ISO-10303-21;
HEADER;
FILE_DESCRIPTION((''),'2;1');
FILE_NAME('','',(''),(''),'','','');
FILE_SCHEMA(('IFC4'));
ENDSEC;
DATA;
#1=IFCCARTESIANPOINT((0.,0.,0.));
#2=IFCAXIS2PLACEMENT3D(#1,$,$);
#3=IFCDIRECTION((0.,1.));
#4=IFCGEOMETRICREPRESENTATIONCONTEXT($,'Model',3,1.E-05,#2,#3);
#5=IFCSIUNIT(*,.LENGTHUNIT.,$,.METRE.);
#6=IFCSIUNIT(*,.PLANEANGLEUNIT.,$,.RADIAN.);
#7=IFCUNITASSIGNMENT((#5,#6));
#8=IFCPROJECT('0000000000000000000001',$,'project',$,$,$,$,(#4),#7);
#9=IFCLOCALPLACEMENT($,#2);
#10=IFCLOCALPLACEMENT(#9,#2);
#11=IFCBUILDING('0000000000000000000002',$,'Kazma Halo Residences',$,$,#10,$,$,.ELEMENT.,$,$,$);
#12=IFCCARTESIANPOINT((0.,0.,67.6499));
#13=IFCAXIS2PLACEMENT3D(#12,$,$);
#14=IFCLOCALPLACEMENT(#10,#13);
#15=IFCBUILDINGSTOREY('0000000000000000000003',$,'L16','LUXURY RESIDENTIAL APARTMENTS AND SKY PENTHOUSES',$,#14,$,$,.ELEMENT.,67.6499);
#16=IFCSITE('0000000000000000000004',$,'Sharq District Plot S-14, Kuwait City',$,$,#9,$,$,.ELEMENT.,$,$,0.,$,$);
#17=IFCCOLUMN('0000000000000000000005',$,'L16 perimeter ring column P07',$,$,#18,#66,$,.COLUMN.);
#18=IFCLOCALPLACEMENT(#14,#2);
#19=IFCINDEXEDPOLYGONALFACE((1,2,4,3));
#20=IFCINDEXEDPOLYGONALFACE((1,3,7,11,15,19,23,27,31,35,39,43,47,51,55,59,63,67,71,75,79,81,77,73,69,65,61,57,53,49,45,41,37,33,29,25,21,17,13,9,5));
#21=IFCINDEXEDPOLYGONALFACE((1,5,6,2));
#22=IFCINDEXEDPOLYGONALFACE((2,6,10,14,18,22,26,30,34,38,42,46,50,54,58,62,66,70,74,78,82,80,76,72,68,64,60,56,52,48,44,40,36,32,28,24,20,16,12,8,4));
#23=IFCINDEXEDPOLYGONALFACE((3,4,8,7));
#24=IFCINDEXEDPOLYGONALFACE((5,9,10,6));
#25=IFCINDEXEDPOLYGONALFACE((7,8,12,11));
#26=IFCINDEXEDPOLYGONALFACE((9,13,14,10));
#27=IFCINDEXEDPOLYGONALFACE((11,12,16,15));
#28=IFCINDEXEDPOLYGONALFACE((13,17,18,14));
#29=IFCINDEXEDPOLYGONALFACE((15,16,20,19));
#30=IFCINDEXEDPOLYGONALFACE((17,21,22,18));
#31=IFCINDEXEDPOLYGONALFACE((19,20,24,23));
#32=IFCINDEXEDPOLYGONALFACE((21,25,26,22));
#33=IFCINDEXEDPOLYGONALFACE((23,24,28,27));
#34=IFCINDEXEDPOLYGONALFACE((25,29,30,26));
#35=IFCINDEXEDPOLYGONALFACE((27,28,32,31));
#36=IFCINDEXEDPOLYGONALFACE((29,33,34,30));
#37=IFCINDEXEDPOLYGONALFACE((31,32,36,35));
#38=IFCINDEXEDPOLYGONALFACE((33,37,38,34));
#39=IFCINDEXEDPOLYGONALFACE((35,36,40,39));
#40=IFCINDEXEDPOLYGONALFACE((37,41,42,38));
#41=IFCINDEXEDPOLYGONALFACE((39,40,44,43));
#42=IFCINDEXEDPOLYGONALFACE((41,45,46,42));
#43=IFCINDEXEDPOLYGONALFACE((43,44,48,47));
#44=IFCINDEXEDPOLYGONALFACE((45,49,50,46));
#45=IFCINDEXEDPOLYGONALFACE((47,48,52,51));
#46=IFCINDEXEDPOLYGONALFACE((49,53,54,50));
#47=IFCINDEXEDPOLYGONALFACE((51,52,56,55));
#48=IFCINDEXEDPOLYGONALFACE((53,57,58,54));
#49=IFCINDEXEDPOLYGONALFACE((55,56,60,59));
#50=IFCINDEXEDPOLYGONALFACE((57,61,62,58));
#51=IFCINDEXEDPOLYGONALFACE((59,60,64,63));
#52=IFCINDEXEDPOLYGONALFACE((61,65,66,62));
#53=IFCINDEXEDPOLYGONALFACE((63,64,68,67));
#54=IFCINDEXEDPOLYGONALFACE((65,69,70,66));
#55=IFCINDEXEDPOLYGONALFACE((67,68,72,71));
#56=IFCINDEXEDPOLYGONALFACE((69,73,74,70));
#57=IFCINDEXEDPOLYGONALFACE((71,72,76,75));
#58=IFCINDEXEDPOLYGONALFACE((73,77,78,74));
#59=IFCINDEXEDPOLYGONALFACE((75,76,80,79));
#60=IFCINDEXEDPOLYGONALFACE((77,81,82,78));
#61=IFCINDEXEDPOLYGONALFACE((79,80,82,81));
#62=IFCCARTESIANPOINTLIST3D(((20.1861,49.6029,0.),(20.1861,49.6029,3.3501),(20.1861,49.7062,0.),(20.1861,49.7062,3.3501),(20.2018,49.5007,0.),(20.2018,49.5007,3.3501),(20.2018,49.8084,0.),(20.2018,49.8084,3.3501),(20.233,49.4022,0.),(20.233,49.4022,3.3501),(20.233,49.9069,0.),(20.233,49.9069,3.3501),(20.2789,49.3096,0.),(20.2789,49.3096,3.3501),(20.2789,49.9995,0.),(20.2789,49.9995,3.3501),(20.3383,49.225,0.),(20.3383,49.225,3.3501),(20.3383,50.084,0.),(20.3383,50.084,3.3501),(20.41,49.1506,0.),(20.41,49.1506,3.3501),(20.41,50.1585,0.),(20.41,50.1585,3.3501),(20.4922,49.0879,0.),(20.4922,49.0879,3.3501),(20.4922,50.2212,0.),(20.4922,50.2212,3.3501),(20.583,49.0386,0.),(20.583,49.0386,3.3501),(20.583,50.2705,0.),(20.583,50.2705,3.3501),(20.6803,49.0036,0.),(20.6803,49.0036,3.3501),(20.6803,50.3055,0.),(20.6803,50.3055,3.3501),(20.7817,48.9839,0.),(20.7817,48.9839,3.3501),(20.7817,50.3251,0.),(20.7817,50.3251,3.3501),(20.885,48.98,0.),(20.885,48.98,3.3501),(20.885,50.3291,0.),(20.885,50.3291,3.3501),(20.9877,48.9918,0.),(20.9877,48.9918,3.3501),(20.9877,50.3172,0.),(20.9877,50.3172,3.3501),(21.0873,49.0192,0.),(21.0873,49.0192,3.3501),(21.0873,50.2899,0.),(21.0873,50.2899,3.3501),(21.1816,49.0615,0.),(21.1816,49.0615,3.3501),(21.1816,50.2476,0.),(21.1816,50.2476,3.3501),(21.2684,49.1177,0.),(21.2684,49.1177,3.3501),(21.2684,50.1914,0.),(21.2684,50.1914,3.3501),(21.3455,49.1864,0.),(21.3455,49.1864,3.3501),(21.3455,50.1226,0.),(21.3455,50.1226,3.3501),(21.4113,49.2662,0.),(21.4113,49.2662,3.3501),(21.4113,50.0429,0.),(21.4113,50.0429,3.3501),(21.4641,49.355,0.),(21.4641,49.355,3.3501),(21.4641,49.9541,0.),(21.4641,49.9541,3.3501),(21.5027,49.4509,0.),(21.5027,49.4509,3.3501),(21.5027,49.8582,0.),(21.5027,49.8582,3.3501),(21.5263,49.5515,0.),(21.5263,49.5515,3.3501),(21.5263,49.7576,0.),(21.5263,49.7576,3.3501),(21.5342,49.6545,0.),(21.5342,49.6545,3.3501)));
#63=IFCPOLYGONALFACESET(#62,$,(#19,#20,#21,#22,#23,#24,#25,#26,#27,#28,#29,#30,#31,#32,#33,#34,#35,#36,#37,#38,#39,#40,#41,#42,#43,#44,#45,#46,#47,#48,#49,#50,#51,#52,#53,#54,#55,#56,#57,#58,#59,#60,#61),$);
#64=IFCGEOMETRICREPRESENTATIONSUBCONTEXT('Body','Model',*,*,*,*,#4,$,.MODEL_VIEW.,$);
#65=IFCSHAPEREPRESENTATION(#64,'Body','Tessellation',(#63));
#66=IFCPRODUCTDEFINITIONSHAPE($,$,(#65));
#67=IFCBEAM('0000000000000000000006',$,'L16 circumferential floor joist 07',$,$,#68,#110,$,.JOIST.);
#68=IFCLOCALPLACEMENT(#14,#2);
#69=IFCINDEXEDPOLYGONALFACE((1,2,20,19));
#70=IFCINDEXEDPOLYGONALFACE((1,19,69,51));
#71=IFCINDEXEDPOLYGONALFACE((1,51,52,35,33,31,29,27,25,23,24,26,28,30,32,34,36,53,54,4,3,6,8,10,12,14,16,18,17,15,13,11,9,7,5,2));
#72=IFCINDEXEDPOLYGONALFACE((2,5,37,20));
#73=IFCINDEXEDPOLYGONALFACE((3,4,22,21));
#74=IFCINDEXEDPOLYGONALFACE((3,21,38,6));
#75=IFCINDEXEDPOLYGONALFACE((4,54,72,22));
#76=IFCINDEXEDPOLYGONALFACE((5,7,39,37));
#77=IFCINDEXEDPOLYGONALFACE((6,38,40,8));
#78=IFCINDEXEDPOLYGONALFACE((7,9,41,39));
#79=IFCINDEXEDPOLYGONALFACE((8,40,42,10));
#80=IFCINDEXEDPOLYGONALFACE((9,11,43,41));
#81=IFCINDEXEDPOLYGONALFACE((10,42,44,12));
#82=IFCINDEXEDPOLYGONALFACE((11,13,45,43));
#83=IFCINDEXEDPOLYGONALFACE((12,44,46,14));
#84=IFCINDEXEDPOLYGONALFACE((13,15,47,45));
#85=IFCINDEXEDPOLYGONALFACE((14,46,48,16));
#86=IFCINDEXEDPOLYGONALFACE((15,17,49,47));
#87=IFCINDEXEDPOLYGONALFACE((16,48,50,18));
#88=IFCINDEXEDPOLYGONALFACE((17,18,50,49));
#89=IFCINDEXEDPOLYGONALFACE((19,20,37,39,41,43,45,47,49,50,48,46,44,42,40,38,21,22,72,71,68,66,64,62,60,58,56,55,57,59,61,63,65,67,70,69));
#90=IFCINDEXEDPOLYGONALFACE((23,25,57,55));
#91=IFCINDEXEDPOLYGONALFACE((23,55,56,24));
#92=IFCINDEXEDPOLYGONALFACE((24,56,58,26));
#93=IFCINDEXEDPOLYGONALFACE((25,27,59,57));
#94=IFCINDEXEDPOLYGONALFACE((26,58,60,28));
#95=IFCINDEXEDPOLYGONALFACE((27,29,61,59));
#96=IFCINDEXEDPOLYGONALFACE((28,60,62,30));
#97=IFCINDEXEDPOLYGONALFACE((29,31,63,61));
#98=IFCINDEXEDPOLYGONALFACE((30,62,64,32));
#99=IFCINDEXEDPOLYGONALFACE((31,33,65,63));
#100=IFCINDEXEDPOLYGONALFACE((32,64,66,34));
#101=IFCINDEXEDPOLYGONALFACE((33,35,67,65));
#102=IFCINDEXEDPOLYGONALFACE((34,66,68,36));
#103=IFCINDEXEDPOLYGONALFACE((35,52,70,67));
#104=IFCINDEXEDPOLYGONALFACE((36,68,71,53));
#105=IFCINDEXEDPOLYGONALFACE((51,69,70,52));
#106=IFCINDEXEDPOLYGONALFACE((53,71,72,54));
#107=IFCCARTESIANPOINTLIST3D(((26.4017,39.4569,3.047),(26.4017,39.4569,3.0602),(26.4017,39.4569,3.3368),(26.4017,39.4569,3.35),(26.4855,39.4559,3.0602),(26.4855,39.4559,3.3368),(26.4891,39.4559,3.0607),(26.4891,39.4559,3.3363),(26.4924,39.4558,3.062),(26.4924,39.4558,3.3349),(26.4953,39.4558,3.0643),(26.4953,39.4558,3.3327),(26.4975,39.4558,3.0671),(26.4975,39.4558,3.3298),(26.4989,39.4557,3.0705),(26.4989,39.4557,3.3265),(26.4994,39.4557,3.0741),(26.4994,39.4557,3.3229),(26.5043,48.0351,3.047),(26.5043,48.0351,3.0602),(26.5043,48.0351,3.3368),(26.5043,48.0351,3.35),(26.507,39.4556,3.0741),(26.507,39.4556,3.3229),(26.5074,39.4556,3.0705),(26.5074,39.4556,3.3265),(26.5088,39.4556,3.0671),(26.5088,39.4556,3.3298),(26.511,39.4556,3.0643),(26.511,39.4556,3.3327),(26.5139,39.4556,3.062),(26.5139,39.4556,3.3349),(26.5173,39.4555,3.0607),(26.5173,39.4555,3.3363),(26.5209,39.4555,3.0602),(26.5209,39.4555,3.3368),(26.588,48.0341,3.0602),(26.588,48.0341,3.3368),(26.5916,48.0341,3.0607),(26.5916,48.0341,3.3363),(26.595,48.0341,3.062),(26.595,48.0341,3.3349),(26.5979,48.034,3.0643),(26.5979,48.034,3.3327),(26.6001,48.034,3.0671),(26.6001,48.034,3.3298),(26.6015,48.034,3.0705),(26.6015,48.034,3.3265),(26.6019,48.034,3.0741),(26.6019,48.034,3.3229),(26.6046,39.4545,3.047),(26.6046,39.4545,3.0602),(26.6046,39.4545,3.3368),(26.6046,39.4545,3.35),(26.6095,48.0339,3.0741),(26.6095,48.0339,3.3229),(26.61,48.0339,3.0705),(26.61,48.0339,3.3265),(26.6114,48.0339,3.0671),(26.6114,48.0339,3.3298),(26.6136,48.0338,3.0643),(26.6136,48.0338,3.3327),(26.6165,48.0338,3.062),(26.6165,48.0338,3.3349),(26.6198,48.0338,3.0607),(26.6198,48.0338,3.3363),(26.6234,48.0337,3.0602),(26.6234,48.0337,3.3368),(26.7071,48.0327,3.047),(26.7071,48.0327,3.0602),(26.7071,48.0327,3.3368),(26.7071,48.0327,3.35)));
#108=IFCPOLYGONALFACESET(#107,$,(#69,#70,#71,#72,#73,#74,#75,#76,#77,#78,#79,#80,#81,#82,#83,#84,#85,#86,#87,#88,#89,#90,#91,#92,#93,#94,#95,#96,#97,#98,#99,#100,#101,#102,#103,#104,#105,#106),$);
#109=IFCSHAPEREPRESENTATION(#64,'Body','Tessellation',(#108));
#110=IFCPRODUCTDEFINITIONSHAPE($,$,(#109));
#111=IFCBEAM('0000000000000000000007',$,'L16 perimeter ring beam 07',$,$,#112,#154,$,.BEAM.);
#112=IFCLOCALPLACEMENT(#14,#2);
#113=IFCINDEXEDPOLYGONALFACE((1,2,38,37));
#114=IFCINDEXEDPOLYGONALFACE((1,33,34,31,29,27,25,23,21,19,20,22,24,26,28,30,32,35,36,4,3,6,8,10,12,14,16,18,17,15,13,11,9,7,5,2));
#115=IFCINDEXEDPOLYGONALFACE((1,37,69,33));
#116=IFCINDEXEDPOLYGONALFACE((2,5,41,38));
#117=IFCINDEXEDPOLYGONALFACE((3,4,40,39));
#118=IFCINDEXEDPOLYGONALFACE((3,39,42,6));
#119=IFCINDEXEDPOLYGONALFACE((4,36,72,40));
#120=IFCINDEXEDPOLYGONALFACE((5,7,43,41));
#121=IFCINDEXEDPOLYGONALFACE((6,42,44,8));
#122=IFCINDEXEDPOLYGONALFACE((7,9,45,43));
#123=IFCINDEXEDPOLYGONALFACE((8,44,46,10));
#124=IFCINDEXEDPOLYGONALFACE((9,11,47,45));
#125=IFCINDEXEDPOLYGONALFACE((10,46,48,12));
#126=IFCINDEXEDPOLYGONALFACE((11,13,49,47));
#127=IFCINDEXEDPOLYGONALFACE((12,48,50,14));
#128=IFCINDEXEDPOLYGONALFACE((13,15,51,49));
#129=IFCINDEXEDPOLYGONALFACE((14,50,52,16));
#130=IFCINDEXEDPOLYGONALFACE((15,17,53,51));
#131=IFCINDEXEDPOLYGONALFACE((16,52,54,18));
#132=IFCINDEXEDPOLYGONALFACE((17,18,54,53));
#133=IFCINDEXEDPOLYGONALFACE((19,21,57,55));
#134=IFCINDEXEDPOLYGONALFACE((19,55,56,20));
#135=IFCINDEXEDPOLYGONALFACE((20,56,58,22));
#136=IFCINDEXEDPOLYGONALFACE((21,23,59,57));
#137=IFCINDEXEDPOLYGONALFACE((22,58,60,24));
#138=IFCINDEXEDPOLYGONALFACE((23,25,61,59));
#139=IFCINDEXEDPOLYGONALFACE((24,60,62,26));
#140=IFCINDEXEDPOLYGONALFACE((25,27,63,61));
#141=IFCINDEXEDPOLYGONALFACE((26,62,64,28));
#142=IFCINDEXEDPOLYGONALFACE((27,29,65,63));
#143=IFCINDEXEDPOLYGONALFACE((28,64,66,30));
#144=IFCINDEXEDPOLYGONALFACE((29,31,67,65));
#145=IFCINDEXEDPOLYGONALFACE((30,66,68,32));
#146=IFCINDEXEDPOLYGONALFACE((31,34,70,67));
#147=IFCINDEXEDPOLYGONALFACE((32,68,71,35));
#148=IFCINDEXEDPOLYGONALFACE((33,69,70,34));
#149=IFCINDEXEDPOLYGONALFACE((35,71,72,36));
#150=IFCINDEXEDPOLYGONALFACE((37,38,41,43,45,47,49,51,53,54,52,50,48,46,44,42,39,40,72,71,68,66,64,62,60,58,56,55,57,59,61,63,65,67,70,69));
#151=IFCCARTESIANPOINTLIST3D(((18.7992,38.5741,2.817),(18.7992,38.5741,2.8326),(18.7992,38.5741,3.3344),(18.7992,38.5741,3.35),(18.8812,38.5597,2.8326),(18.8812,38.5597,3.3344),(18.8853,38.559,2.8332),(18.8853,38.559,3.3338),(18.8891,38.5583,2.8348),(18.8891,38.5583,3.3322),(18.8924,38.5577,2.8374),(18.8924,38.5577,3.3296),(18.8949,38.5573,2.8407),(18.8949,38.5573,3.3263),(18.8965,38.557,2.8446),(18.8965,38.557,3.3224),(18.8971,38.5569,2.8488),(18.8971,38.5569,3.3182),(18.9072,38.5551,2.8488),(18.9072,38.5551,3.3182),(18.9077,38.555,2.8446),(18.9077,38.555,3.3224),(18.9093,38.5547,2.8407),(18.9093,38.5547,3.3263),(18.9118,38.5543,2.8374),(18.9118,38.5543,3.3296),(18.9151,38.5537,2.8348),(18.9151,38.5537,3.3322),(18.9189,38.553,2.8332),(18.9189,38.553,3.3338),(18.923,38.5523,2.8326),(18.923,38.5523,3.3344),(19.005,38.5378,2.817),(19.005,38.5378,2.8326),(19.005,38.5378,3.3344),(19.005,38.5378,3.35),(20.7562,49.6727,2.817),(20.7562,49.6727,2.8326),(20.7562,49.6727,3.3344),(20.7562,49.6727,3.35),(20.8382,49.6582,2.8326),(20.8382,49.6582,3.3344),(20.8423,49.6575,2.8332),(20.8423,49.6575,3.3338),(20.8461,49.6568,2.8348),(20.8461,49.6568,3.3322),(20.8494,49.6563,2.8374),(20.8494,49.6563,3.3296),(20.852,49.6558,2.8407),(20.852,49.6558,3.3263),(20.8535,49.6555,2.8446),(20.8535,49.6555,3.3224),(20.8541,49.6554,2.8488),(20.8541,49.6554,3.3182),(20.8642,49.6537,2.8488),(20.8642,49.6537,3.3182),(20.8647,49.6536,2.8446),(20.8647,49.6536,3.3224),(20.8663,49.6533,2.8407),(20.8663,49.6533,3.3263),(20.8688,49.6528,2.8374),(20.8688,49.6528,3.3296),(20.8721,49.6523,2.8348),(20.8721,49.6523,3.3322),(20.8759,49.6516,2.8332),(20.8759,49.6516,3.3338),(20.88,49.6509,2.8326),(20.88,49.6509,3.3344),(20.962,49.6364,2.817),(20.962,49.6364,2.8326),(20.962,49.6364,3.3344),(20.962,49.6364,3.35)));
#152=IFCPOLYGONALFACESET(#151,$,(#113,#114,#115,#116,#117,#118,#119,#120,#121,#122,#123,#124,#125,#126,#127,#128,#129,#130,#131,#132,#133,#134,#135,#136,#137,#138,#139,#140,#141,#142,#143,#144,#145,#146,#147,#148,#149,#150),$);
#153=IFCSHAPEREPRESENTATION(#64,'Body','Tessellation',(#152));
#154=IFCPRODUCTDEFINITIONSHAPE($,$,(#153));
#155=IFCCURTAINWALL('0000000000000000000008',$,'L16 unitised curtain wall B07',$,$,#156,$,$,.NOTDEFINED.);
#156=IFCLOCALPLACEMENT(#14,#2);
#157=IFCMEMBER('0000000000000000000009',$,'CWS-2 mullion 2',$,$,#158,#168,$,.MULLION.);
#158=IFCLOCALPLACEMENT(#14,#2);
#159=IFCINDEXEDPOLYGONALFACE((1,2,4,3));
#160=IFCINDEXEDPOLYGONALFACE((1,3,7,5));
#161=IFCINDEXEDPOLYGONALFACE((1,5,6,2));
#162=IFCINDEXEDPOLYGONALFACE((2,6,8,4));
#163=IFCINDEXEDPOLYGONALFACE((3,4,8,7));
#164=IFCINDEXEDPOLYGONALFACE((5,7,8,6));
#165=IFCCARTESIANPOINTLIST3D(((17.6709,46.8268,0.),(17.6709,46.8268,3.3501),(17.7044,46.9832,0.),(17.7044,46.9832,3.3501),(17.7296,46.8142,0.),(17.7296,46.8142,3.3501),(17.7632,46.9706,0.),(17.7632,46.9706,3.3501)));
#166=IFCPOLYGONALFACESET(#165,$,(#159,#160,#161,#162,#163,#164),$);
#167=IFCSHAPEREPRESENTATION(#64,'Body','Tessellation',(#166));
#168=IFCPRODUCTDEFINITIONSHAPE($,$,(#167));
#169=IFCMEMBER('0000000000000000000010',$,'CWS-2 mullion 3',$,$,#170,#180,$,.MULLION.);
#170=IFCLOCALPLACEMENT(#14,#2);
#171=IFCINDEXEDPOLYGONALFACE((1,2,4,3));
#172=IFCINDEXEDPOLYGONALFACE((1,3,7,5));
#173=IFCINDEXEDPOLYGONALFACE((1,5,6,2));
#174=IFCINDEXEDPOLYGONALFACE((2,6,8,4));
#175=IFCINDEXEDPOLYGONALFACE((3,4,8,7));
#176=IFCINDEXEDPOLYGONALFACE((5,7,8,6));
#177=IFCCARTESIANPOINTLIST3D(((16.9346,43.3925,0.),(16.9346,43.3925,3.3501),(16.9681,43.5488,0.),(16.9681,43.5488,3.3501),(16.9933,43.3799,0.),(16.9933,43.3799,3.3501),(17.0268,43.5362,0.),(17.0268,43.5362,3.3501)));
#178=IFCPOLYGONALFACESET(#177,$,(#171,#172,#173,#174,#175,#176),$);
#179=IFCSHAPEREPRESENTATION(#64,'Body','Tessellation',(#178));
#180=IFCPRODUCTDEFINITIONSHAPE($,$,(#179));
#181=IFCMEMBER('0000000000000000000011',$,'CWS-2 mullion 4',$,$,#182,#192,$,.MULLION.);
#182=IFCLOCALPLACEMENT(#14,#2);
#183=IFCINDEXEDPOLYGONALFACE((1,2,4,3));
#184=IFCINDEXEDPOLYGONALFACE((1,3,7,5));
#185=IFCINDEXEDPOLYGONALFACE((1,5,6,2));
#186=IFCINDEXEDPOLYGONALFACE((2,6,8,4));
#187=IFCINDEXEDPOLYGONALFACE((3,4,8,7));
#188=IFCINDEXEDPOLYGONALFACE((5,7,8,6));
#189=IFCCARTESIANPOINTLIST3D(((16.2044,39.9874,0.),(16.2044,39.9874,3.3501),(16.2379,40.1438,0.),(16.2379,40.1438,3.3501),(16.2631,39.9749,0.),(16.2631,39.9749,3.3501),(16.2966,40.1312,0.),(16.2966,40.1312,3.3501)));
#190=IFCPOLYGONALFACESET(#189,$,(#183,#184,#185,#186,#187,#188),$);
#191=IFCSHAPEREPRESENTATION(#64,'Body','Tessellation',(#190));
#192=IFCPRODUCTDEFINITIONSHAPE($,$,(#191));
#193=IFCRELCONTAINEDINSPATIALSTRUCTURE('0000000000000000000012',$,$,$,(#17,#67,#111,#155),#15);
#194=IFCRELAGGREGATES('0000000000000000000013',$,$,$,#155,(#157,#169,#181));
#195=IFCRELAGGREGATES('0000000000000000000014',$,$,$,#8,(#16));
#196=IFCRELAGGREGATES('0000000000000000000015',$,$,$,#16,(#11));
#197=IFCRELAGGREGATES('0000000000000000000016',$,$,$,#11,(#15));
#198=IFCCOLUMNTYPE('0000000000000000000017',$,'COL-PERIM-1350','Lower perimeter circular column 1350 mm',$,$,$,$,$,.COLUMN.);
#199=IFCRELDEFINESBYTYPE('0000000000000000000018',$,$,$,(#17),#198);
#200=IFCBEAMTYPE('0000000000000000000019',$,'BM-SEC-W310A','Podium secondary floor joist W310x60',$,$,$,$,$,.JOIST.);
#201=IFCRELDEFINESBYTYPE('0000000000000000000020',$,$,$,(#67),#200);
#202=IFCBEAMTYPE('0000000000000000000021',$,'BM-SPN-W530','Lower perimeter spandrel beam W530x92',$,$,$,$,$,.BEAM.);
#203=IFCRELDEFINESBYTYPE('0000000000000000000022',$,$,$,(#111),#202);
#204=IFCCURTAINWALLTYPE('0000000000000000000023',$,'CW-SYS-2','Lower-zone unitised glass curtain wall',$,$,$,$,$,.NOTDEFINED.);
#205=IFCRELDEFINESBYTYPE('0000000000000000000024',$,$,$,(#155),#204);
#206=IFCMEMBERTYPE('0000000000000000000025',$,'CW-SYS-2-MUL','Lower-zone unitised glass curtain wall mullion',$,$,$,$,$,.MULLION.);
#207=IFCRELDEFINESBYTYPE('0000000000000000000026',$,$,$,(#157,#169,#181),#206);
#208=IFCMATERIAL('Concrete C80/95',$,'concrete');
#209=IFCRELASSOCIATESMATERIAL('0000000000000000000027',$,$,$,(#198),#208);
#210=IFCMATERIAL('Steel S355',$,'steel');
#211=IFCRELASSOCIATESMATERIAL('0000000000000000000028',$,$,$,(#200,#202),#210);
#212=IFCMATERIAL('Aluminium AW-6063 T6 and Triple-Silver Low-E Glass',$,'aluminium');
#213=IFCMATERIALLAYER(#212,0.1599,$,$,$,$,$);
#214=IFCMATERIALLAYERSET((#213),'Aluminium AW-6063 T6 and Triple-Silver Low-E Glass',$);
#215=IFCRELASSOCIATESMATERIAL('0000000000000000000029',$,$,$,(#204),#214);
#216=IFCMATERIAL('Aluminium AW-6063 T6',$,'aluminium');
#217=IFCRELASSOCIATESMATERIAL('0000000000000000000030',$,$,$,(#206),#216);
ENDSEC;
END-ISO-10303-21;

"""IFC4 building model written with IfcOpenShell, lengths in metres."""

from ifc_helpers import new_model, si_unit, direction, frame, origin, origin_2d, place, context, subcontext, project, spatial, rectangle, circle, i_section, extrude, material, layer, layer_set, material_profile, profile_set, type_object, element, aggregate, save


model = new_model("IFC4")

# Units and contexts
model_context = context("Model", 3, precision=1e-05, world=origin(), true_north=direction((0.0, 1.0)))
body_context = subcontext(model_context, "Body", "Model", "MODEL_VIEW")
ifc_project = project(units=[si_unit("LENGTHUNIT", "METRE"), si_unit("PLANEANGLEUNIT", "RADIAN")], contexts=[model_context])

# Site, building, storey
site_placement = place(None, origin())
site = spatial("IfcSite", under=ifc_project, at=site_placement, Name="Sharq District Plot S-14, Kuwait City", CompositionType="ELEMENT", RefElevation=0.0)
building_placement = place(site_placement, origin())
building = spatial("IfcBuilding", under=site, at=building_placement, Name="Kazma Halo Residences", CompositionType="ELEMENT")
storey_placement = place(building_placement, frame((0.0, 0.0, 67.6499)))
storey = spatial("IfcBuildingStorey", under=building, at=storey_placement, Name="L16", Description="LUXURY RESIDENTIAL APARTMENTS AND SKY PENTHOUSES", CompositionType="ELEMENT", Elevation=67.6499)

# Column
ifc_material_1 = material(Name="Concrete C80/95", Category="concrete")
ifc_material_profile_1 = material_profile(ifc_material_1, circle(Radius=0.675, at=origin_2d()), Name="CIRC1350")
ifc_profile_set_1 = profile_set([ifc_material_profile_1], Name="Concrete C80/95")
column_type = type_object("IfcColumnType", Name="COL-PERIM-1350", Description="Lower perimeter circular column 1350 mm", PredefinedType="COLUMN", material=ifc_profile_set_1)
column_placement = place(storey_placement, frame((20.8591, 49.6545, 0.0), z_axis=(0.0, 0.0, 1.0), x_axis=(1.0, 0.0, 0.0)))
element("IfcColumn", 1, at=column_placement, inside=storey, type_object=column_type, Name="L16 perimeter ring column P07", PredefinedType="COLUMN", context=body_context, shape_type="SweptSolid", body=[
    extrude(circle(Radius=0.675, at=origin_2d()), origin(), (0.0, 0.0, 1.0), 3.3501),
])

# Beams
ifc_material_2 = material(Name="Steel S355", Category="steel")
ifc_material_profile_2 = material_profile(ifc_material_2, i_section(OverallWidth=0.2029, OverallDepth=0.303, WebThickness=0.0076, FlangeThickness=0.0132, FilletRadius=0.0139, at=origin_2d()), Name="W310x60")
ifc_profile_set_2 = profile_set([ifc_material_profile_2], Name="Steel S355")
beam_type_1 = type_object("IfcBeamType", Name="BM-SEC-W310A", Description="Podium secondary floor joist W310x60", PredefinedType="JOIST", material=ifc_profile_set_2)
beam_1_placement = place(storey_placement, frame((26.6057, 48.0339, 3.1985), z_axis=(-0.011953, -0.999929, 0.0), x_axis=(0.999929, -0.011953, 0.0)))
element("IfcBeam", 2, at=beam_1_placement, inside=storey, type_object=beam_type_1, Name="L16 circumferential floor joist 07", PredefinedType="JOIST", context=body_context, shape_type="SweptSolid", body=[
    extrude(i_section(OverallWidth=0.2029, OverallDepth=0.303, WebThickness=0.0076, FlangeThickness=0.0132, FilletRadius=0.0139, at=origin_2d()), origin(), (0.0, 0.0, 1.0), 8.5789),
])
ifc_material_profile_3 = material_profile(ifc_material_2, i_section(OverallWidth=0.209, OverallDepth=0.533, WebThickness=0.0103, FlangeThickness=0.0156, FilletRadius=0.0161, at=origin_2d()), Name="W530x92")
ifc_profile_set_3 = profile_set([ifc_material_profile_3], Name="Steel S355")
beam_type_2 = type_object("IfcBeamType", Name="BM-SPN-W530", Description="Lower perimeter spandrel beam W530x92", PredefinedType="BEAM", material=ifc_profile_set_3)
beam_2_placement = place(storey_placement, frame((20.8591, 49.6545, 3.0835), z_axis=(-0.173652, -0.984807, 0.0), x_axis=(0.984807, -0.173652, 0.0)))
element("IfcBeam", 3, at=beam_2_placement, inside=storey, type_object=beam_type_2, Name="L16 perimeter ring beam 07", PredefinedType="BEAM", context=body_context, shape_type="SweptSolid", body=[
    extrude(i_section(OverallWidth=0.209, OverallDepth=0.533, WebThickness=0.0103, FlangeThickness=0.0156, FilletRadius=0.0161, at=origin_2d()), origin(), (0.0, 0.0, 1.0), 11.2698),
])

# Curtain wall, members
ifc_material_3 = material(Name="Aluminium AW-6063 T6 and Triple-Silver Low-E Glass", Category="aluminium")
ifc_layer_1 = layer(ifc_material_3, 0.1599)
ifc_layer_set_1 = layer_set([ifc_layer_1], Name="Aluminium AW-6063 T6 and Triple-Silver Low-E Glass")
curtain_wall_type = type_object("IfcCurtainWallType", Name="CW-SYS-2", Description="Lower-zone unitised glass curtain wall", PredefinedType="NOTDEFINED", material=ifc_layer_set_1)
curtain_wall_placement = place(storey_placement, origin())
curtain_wall = element("IfcCurtainWall", 4, at=curtain_wall_placement, inside=storey, type_object=curtain_wall_type, Name="L16 unitised curtain wall B07", PredefinedType="NOTDEFINED")
ifc_material_4 = material(Name="Aluminium AW-6063 T6", Category="aluminium")
ifc_material_profile_4 = material_profile(ifc_material_4, rectangle(XDim=0.0601, YDim=0.1599, at=origin_2d()), Name="CWM-60x160")
ifc_profile_set_4 = profile_set([ifc_material_profile_4], Name="Aluminium AW-6063 T6")
member_type_1 = type_object("IfcMemberType", Name="CW-SYS-2-MUL", Description="Lower-zone unitised glass curtain wall mullion", PredefinedType="MULLION", material=ifc_profile_set_4)
member_1_placement = place(storey_placement, frame((17.717, 46.8987, 0.0), z_axis=(0.0, 0.0, 1.0), x_axis=(0.977779, -0.209637, 0.0)))
member_1 = element("IfcMember", 5, at=member_1_placement, type_object=member_type_1, Name="CWS-2 mullion 2", PredefinedType="MULLION", context=body_context, shape_type="SweptSolid", body=[
    extrude(rectangle(XDim=0.0601, YDim=0.1599, at=origin_2d()), origin(), (0.0, 0.0, 1.0), 3.3501),
])
member_2_placement = place(storey_placement, frame((16.9807, 43.4644, 0.0), z_axis=(0.0, 0.0, 1.0), x_axis=(0.977779, -0.209637, 0.0)))
member_2 = element("IfcMember", 6, at=member_2_placement, type_object=member_type_1, Name="CWS-2 mullion 3", PredefinedType="MULLION", context=body_context, shape_type="SweptSolid", body=[
    extrude(rectangle(XDim=0.0601, YDim=0.1599, at=origin_2d()), origin(), (0.0, 0.0, 1.0), 3.3501),
])
member_3_placement = place(storey_placement, frame((16.2505, 40.0593, 0.0), z_axis=(0.0, 0.0, 1.0), x_axis=(0.977779, -0.209637, 0.0)))
member_3 = element("IfcMember", 7, at=member_3_placement, type_object=member_type_1, Name="CWS-2 mullion 4", PredefinedType="MULLION", context=body_context, shape_type="SweptSolid", body=[
    extrude(rectangle(XDim=0.0601, YDim=0.1599, at=origin_2d()), origin(), (0.0, 0.0, 1.0), 3.3501),
])
aggregate(curtain_wall, [member_1, member_2, member_3])

save(model, "model.ifc")
